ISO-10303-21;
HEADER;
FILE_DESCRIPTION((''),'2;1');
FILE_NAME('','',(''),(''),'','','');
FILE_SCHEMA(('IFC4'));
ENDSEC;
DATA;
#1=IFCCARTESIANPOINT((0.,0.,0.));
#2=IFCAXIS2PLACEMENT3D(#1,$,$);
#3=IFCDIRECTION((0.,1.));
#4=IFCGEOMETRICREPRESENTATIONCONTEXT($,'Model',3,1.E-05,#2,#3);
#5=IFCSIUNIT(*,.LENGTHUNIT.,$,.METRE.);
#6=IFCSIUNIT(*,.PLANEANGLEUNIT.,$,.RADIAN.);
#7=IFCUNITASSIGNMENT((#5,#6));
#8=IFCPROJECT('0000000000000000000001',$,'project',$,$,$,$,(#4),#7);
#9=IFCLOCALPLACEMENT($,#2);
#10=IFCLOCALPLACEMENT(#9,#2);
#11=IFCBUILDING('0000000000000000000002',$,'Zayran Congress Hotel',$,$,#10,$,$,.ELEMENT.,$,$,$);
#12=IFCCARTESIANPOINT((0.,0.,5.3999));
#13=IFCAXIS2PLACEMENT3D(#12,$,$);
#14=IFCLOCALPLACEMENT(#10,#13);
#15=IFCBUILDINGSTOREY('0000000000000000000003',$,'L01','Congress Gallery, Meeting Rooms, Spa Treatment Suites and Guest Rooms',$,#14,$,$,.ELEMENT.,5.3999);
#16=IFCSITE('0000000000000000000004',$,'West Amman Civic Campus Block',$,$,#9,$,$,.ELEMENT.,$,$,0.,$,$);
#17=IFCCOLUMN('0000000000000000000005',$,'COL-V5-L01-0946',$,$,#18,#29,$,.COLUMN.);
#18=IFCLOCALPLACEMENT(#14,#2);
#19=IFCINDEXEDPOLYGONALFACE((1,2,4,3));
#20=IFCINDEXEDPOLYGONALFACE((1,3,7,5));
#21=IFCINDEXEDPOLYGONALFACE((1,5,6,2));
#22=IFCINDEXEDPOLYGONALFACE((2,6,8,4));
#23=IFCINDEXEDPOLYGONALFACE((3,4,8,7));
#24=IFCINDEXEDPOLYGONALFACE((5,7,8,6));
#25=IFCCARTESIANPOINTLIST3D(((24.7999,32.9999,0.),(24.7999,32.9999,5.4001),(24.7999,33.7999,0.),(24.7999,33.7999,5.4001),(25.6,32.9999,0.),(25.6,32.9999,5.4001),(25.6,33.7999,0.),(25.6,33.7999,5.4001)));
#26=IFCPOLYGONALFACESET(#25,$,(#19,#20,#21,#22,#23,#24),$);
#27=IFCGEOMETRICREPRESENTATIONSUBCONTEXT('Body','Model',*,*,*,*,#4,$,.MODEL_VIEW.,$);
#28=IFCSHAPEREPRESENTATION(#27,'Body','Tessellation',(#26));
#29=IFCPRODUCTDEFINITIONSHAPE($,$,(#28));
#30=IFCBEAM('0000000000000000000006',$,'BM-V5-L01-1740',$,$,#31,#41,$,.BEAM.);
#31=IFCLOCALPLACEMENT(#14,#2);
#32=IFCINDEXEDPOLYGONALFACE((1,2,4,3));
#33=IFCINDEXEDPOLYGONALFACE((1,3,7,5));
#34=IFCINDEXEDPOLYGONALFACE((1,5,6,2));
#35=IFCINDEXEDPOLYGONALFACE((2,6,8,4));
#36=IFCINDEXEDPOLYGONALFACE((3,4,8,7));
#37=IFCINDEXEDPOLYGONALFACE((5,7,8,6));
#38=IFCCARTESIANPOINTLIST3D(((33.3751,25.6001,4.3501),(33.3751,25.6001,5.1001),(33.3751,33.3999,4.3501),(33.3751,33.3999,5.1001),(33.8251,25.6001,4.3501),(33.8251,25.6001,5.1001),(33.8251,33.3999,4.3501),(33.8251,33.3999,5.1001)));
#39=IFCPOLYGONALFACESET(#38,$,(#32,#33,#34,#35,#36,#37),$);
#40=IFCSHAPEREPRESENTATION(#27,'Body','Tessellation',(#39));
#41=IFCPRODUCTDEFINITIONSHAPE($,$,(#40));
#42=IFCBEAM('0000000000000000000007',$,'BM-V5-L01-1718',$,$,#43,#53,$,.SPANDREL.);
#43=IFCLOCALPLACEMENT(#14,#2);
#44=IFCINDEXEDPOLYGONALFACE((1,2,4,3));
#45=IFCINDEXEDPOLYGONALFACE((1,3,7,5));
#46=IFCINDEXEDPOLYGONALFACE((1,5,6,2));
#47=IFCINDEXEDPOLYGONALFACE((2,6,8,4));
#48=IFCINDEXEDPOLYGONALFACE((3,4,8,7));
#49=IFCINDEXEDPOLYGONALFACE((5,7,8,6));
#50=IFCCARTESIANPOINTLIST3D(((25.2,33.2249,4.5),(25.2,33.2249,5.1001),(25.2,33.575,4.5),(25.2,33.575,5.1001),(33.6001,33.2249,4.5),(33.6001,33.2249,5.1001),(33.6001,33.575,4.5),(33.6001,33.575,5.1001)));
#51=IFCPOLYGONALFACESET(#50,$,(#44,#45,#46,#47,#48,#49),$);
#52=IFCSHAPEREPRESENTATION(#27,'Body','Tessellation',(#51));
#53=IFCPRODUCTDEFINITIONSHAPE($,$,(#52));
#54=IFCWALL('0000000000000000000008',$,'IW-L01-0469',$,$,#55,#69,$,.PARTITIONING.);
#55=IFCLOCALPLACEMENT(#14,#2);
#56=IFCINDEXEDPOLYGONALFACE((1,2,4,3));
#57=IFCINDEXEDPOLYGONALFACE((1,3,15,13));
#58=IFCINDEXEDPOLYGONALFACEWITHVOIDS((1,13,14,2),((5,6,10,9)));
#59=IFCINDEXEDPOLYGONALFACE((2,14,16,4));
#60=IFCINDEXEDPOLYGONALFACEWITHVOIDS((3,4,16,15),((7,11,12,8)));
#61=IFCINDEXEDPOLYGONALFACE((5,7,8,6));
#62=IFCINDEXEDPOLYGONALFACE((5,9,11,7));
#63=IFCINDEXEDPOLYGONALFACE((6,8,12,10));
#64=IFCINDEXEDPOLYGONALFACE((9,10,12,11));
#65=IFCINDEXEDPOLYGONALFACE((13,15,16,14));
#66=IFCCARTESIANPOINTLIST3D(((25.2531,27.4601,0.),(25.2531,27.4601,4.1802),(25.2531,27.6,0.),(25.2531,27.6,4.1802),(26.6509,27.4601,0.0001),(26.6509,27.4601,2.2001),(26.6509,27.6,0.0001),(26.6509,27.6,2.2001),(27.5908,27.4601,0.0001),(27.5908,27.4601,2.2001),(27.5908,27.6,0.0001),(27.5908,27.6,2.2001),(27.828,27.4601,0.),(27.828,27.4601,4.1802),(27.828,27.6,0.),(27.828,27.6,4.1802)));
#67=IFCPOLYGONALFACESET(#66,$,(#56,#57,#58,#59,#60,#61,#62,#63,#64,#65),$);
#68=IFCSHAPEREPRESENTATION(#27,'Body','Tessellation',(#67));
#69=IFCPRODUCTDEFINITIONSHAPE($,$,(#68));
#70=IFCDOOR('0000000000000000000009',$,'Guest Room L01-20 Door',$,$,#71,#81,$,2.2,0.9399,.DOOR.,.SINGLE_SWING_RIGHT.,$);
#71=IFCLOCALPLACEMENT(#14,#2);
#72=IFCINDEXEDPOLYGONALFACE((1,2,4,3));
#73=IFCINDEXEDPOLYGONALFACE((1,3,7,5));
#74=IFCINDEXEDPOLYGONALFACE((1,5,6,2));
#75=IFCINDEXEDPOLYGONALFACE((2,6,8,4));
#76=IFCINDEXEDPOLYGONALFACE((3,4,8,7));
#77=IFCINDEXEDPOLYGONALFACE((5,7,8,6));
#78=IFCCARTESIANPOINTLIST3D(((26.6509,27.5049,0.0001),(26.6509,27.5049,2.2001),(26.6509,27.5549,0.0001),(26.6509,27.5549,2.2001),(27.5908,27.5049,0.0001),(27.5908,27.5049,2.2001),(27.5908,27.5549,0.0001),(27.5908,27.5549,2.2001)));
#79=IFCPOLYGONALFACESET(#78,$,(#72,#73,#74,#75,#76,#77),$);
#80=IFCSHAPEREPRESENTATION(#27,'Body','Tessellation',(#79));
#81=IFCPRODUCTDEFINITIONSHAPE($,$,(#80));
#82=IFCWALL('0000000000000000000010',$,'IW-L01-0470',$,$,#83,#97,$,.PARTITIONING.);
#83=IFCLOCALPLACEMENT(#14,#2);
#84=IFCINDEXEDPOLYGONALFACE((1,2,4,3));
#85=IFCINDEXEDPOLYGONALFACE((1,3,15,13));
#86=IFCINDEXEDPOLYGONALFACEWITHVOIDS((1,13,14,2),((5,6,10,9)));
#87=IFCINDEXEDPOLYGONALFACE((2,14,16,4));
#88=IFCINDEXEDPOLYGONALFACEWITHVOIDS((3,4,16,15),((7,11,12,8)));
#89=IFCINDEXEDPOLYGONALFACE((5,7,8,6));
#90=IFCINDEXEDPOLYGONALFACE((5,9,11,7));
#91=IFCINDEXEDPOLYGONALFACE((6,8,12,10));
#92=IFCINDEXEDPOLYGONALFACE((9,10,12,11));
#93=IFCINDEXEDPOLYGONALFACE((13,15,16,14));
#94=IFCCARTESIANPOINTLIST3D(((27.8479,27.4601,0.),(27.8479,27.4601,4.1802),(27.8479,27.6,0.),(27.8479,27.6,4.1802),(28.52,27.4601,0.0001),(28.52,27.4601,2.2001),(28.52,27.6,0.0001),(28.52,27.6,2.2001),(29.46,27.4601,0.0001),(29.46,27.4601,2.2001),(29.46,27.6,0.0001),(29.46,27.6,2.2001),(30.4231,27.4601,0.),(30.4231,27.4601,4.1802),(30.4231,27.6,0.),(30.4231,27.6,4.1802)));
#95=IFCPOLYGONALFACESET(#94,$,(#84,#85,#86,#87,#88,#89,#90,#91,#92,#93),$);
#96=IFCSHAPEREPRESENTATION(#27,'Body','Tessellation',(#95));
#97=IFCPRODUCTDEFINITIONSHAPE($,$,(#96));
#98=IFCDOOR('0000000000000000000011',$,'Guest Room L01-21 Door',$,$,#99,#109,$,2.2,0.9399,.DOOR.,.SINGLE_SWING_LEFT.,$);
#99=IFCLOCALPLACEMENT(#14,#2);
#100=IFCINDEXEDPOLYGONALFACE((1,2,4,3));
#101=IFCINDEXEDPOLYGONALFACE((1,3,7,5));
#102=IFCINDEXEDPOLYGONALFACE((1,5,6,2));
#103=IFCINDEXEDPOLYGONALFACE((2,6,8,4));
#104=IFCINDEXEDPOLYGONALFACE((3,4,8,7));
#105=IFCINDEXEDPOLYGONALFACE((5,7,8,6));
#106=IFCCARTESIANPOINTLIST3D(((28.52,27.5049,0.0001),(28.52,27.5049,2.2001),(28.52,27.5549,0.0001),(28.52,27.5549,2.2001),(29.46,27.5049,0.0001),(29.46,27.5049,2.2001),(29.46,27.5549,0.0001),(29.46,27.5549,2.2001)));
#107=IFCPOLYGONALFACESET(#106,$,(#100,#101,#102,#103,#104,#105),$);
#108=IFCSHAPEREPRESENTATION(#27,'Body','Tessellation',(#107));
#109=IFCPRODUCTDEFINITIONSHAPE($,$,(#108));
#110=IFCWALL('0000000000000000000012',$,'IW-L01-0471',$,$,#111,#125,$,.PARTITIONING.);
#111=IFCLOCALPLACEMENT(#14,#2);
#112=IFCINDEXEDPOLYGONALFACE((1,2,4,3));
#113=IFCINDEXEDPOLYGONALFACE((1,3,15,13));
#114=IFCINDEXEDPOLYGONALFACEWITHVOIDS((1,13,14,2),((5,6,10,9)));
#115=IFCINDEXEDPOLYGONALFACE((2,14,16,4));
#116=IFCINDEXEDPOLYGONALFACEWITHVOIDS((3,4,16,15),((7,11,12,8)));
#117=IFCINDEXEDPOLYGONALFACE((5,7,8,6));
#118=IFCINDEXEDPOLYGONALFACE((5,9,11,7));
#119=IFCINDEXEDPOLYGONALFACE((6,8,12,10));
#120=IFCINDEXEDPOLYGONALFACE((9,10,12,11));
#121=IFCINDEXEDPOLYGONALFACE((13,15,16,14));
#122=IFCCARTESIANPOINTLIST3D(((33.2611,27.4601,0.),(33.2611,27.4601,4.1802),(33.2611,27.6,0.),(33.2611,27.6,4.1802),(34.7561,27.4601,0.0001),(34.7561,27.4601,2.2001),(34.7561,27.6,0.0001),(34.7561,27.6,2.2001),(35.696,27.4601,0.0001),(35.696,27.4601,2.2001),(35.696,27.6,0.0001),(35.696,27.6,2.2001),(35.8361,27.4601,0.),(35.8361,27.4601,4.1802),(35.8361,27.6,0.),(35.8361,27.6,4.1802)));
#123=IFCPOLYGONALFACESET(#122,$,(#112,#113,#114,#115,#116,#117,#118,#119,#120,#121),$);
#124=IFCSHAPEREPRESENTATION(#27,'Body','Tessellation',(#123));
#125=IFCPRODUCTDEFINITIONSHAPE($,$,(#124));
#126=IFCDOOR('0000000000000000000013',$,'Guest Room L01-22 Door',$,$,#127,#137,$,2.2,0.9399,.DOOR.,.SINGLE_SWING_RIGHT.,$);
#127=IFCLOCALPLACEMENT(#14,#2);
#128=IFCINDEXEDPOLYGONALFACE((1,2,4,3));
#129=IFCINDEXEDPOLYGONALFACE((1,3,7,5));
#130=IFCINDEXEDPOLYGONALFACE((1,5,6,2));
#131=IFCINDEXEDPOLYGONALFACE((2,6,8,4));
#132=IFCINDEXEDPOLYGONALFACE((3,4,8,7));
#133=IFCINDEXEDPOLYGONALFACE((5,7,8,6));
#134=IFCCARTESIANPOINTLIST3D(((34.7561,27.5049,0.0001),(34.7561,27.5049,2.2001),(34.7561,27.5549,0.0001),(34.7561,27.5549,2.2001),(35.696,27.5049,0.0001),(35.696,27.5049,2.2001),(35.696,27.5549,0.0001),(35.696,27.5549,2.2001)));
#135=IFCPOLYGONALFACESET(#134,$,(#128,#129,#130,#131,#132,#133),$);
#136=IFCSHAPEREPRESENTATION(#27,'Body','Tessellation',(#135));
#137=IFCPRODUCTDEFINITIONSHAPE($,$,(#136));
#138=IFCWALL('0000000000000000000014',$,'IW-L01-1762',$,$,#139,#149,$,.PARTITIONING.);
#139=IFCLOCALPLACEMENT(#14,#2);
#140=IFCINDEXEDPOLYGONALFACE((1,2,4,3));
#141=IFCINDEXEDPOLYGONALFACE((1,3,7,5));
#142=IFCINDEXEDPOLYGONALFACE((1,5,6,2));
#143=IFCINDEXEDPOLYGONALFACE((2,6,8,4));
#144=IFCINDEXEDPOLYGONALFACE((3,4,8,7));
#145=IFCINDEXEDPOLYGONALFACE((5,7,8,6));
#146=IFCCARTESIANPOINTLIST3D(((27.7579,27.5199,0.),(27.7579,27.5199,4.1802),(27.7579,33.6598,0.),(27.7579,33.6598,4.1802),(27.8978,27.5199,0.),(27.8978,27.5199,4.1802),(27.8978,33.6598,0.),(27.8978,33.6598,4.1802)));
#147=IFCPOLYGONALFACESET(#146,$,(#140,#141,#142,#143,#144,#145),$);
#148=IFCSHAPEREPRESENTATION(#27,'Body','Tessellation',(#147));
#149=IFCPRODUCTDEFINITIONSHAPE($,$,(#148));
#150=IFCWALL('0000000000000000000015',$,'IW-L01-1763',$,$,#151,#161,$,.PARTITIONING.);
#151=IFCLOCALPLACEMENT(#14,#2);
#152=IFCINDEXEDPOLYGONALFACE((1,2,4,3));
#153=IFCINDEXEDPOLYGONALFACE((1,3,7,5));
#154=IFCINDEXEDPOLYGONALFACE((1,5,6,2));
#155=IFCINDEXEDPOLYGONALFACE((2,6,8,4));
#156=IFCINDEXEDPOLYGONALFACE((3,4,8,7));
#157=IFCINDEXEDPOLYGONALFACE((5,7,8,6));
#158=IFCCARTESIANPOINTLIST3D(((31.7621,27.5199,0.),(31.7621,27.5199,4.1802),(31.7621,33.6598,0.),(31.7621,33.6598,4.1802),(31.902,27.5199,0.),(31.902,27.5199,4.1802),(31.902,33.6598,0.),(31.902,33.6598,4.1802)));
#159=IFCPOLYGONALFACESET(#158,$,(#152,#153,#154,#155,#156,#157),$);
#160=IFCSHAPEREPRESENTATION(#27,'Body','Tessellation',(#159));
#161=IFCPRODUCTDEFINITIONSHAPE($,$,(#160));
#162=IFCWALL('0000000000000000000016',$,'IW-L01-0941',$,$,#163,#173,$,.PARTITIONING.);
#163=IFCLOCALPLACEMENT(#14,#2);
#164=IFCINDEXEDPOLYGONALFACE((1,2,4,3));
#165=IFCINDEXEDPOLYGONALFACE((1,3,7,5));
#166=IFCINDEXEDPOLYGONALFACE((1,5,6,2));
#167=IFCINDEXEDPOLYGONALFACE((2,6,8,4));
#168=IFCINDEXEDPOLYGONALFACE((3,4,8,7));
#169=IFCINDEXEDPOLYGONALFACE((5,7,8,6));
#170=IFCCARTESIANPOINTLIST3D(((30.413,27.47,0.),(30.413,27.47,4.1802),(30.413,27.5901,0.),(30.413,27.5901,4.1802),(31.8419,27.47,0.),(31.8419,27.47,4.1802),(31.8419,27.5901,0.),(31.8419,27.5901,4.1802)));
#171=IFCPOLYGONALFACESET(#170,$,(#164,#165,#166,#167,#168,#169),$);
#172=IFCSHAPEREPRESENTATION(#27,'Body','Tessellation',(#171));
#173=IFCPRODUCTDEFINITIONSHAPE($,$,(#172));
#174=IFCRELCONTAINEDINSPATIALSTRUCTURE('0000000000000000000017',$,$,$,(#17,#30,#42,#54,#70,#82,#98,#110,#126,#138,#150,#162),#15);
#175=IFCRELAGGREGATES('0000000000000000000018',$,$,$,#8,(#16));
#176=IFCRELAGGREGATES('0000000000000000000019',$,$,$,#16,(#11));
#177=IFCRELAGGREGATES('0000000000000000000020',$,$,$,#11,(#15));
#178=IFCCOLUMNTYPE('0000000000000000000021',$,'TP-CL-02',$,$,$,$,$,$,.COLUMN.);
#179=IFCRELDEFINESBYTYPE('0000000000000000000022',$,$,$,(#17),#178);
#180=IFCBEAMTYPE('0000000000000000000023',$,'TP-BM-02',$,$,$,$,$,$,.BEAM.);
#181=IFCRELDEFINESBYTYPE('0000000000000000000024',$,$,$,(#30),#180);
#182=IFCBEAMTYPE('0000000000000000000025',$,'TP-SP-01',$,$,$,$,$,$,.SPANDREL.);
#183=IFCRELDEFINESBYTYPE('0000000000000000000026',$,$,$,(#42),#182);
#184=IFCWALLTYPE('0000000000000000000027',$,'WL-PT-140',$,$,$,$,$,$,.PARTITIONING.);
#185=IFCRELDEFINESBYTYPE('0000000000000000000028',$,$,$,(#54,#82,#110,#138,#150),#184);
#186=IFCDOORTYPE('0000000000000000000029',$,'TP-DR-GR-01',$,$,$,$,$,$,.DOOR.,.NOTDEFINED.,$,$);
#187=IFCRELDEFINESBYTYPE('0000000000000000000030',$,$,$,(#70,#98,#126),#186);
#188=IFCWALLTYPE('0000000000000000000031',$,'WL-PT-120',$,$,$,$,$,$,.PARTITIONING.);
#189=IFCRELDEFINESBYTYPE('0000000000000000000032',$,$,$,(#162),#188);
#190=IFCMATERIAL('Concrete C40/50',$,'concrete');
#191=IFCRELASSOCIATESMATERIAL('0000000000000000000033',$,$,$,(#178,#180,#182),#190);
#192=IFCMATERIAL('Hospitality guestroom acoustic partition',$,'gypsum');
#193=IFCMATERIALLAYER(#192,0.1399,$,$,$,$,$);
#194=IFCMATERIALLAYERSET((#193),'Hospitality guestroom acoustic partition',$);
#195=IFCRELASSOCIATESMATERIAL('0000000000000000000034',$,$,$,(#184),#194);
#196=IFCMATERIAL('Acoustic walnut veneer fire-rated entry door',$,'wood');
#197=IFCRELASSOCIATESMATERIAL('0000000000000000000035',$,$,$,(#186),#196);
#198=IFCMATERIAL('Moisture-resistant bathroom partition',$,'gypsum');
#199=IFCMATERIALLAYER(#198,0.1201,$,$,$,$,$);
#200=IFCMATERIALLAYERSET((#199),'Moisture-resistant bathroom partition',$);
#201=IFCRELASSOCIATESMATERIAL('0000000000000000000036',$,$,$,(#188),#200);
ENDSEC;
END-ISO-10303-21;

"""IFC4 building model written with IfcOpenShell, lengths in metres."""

from ifc_helpers import new_model, si_unit, direction, frame, frame_2d, origin, origin_2d, place, context, subcontext, project, spatial, rectangle, extrude, material, layer, layer_set, material_profile, profile_set, type_object, element, fill, save


model = new_model("IFC4")

# Units and contexts
model_context = context("Model", 3, precision=1e-05, world=origin(), true_north=direction((0.0, 1.0)))
body_context = subcontext(model_context, "Body", "Model", "MODEL_VIEW")
ifc_project = project(units=[si_unit("LENGTHUNIT", "METRE"), si_unit("PLANEANGLEUNIT", "RADIAN")], contexts=[model_context])

# Site, building, storey
site_placement = place(None, origin())
site = spatial("IfcSite", under=ifc_project, at=site_placement, Name="West Amman Civic Campus Block", CompositionType="ELEMENT", RefElevation=0.0)
building_placement = place(site_placement, origin())
building = spatial("IfcBuilding", under=site, at=building_placement, Name="Zayran Congress Hotel", CompositionType="ELEMENT")
storey_placement = place(building_placement, frame((0.0, 0.0, 5.3999)))
storey = spatial("IfcBuildingStorey", under=building, at=storey_placement, Name="L01", Description="Congress Gallery, Meeting Rooms, Spa Treatment Suites and Guest Rooms", CompositionType="ELEMENT", Elevation=5.3999)

# Column
ifc_material_1 = material(Name="Concrete C40/50", Category="concrete")
ifc_material_profile_1 = material_profile(ifc_material_1, rectangle(XDim=0.8, YDim=0.8, at=origin_2d()), Name="RC 800x800")
ifc_profile_set_1 = profile_set([ifc_material_profile_1], Name="Concrete C40/50")
column_type = type_object("IfcColumnType", Name="TP-CL-02", PredefinedType="COLUMN", material=ifc_profile_set_1)
column_placement = place(storey_placement, frame((25.2, 33.3999, 0.0), z_axis=(0.0, 0.0, 1.0), x_axis=(1.0, 0.0, 0.0)))
element("IfcColumn", 1, at=column_placement, inside=storey, type_object=column_type, Name="COL-V5-L01-0946", PredefinedType="COLUMN", context=body_context, shape_type="SweptSolid", body=[
    extrude(rectangle(XDim=0.8, YDim=0.8, at=origin_2d()), origin(), (0.0, 0.0, 1.0), 5.4001),
])

# Beams
ifc_material_profile_2 = material_profile(ifc_material_1, rectangle(XDim=0.45, YDim=0.75, at=origin_2d()), Name="RC 450x750")
ifc_profile_set_2 = profile_set([ifc_material_profile_2], Name="Concrete C40/50")
beam_type_1 = type_object("IfcBeamType", Name="TP-BM-02", PredefinedType="BEAM", material=ifc_profile_set_2)
beam_1_placement = place(storey_placement, frame((33.6001, 25.6001, 4.7251), z_axis=(0.0, 1.0, 0.0), x_axis=(-1.0, 0.0, 0.0)))
element("IfcBeam", 2, at=beam_1_placement, inside=storey, type_object=beam_type_1, Name="BM-V5-L01-1740", PredefinedType="BEAM", context=body_context, shape_type="SweptSolid", body=[
    extrude(rectangle(XDim=0.45, YDim=0.75, at=origin_2d()), origin(), (0.0, 0.0, 1.0), 7.7998),
])
ifc_material_profile_3 = material_profile(ifc_material_1, rectangle(XDim=0.3501, YDim=0.6001, at=origin_2d()), Name="RC 350x600")
ifc_profile_set_3 = profile_set([ifc_material_profile_3], Name="Concrete C40/50")
beam_type_2 = type_object("IfcBeamType", Name="TP-SP-01", PredefinedType="SPANDREL", material=ifc_profile_set_3)
beam_2_placement = place(storey_placement, frame((25.2, 33.3999, 4.8), z_axis=(1.0, 0.0, 0.0), x_axis=(0.0, 1.0, 0.0)))
element("IfcBeam", 3, at=beam_2_placement, inside=storey, type_object=beam_type_2, Name="BM-V5-L01-1718", PredefinedType="SPANDREL", context=body_context, shape_type="SweptSolid", body=[
    extrude(rectangle(XDim=0.3501, YDim=0.6001, at=origin_2d()), origin(), (0.0, 0.0, 1.0), 8.4001),
])

# Walls, openings, doors
ifc_material_2 = material(Name="Hospitality guestroom acoustic partition", Category="gypsum")
ifc_layer_1 = layer(ifc_material_2, 0.1399)
ifc_layer_set_1 = layer_set([ifc_layer_1], Name="Hospitality guestroom acoustic partition")
wall_type_1 = type_object("IfcWallType", Name="WL-PT-140", PredefinedType="PARTITIONING", material=ifc_layer_set_1)
wall_1_placement = place(storey_placement, frame((25.2529, 27.53, 0.0), z_axis=(0.0, 0.0, 1.0), x_axis=(1.0, 0.0, 0.0)))
wall_1 = element("IfcWall", 4, at=wall_1_placement, inside=storey, type_object=wall_type_1, Name="IW-L01-0469", PredefinedType="PARTITIONING", context=body_context, shape_type="SweptSolid", body=[
    extrude(rectangle(XDim=2.575, YDim=0.1399, at=frame_2d((1.2876, 0.0))), origin(), (0.0, 0.0, 1.0), 4.1802),
])
opening_1_placement = place(wall_1_placement, frame((1.3979, 0.0, 0.0)))
opening_1 = element("IfcOpeningElement", 5, at=opening_1_placement, cuts=wall_1, PredefinedType="OPENING", context=body_context, shape_type="SweptSolid", body=[
    extrude(rectangle(XDim=0.9399, YDim=2.2, at=frame_2d((0.47, 1.1001))), frame((0.0, 0.0798, 0.0), z_axis=(0.0, -1.0, 0.0), x_axis=(1.0, 0.0, 0.0)), (0.0, 0.0, 1.0), 0.1599),
])
ifc_material_3 = material(Name="Acoustic walnut veneer fire-rated entry door", Category="wood")
door_type_1 = type_object("IfcDoorType", Name="TP-DR-GR-01", OperationType="NOTDEFINED", PredefinedType="DOOR", material=ifc_material_3)
door_1_placement = place(opening_1_placement, origin())
door_1 = element("IfcDoor", 6, at=door_1_placement, inside=storey, type_object=door_type_1, Name="Guest Room L01-20 Door", OperationType="SINGLE_SWING_RIGHT", OverallHeight=2.2, OverallWidth=0.9399, PredefinedType="DOOR", context=body_context, shape_type="SweptSolid", body=[
    extrude(rectangle(XDim=0.9399, YDim=2.2, at=frame_2d((0.47, 1.1001))), frame((0.0, 0.0249, 0.0), z_axis=(0.0, -1.0, 0.0), x_axis=(1.0, 0.0, 0.0)), (0.0, 0.0, 1.0), 0.05),
])
fill(opening_1, door_1)
wall_2_placement = place(storey_placement, frame((27.8479, 27.53, 0.0), z_axis=(0.0, 0.0, 1.0), x_axis=(1.0, 0.0, 0.0)))
wall_2 = element("IfcWall", 7, at=wall_2_placement, inside=storey, type_object=wall_type_1, Name="IW-L01-0470", PredefinedType="PARTITIONING", context=body_context, shape_type="SweptSolid", body=[
    extrude(rectangle(XDim=2.5752, YDim=0.1399, at=frame_2d((1.2876, 0.0))), origin(), (0.0, 0.0, 1.0), 4.1802),
])
opening_2_placement = place(wall_2_placement, frame((0.6721, 0.0, 0.0)))
opening_2 = element("IfcOpeningElement", 8, at=opening_2_placement, cuts=wall_2, PredefinedType="OPENING", context=body_context, shape_type="SweptSolid", body=[
    extrude(rectangle(XDim=0.9399, YDim=2.2, at=frame_2d((0.47, 1.1001))), frame((0.0, 0.0798, 0.0), z_axis=(0.0, -1.0, 0.0), x_axis=(1.0, 0.0, 0.0)), (0.0, 0.0, 1.0), 0.1599),
])
door_2_placement = place(opening_2_placement, origin())
door_2 = element("IfcDoor", 9, at=door_2_placement, inside=storey, type_object=door_type_1, Name="Guest Room L01-21 Door", OperationType="SINGLE_SWING_LEFT", OverallHeight=2.2, OverallWidth=0.9399, PredefinedType="DOOR", context=body_context, shape_type="SweptSolid", body=[
    extrude(rectangle(XDim=0.9399, YDim=2.2, at=frame_2d((0.47, 1.1001))), frame((0.0, 0.0249, 0.0), z_axis=(0.0, -1.0, 0.0), x_axis=(1.0, 0.0, 0.0)), (0.0, 0.0, 1.0), 0.05),
])
fill(opening_2, door_2)
wall_3_placement = place(storey_placement, frame((33.261, 27.53, 0.0), z_axis=(0.0, 0.0, 1.0), x_axis=(1.0, 0.0, 0.0)))
wall_3 = element("IfcWall", 10, at=wall_3_placement, inside=storey, type_object=wall_type_1, Name="IW-L01-0471", PredefinedType="PARTITIONING", context=body_context, shape_type="SweptSolid", body=[
    extrude(rectangle(XDim=2.575, YDim=0.1399, at=frame_2d((1.2876, 0.0))), origin(), (0.0, 0.0, 1.0), 4.1802),
])
opening_3_placement = place(wall_3_placement, frame((1.4951, 0.0, 0.0)))
opening_3 = element("IfcOpeningElement", 11, at=opening_3_placement, cuts=wall_3, PredefinedType="OPENING", context=body_context, shape_type="SweptSolid", body=[
    extrude(rectangle(XDim=0.9399, YDim=2.2, at=frame_2d((0.47, 1.1001))), frame((0.0, 0.0798, 0.0), z_axis=(0.0, -1.0, 0.0), x_axis=(1.0, 0.0, 0.0)), (0.0, 0.0, 1.0), 0.1599),
])
door_3_placement = place(opening_3_placement, origin())
door_3 = element("IfcDoor", 12, at=door_3_placement, inside=storey, type_object=door_type_1, Name="Guest Room L01-22 Door", OperationType="SINGLE_SWING_RIGHT", OverallHeight=2.2, OverallWidth=0.9399, PredefinedType="DOOR", context=body_context, shape_type="SweptSolid", body=[
    extrude(rectangle(XDim=0.9399, YDim=2.2, at=frame_2d((0.47, 1.1001))), frame((0.0, 0.0249, 0.0), z_axis=(0.0, -1.0, 0.0), x_axis=(1.0, 0.0, 0.0)), (0.0, 0.0, 1.0), 0.05),
])
fill(opening_3, door_3)

# Walls
for number, where, z_axis, x_axis, name in (
    (13, (27.8279, 27.52, 0.0), (0.0, 0.0, 1.0), (0.0, 1.0, 0.0), "IW-L01-1762"),
    (14, (31.832, 27.52, 0.0), (0.0, 0.0, 1.0), (0.0, 1.0, 0.0), "IW-L01-1763"),
):
    element("IfcWall", number, at=place(storey_placement, frame(where, z_axis=z_axis, x_axis=x_axis)), inside=storey, type_object=wall_type_1, Name=name, PredefinedType="PARTITIONING", context=body_context, shape_type="SweptSolid", body=[
        extrude(rectangle(XDim=6.1399, YDim=0.1399, at=frame_2d((3.0698, 0.0))), origin(), (0.0, 0.0, 1.0), 4.1802),
    ])

# Shared definitions
ifc_material_4 = material(Name="Moisture-resistant bathroom partition", Category="gypsum")
ifc_layer_2 = layer(ifc_material_4, 0.1201)
ifc_layer_set_2 = layer_set([ifc_layer_2], Name="Moisture-resistant bathroom partition")
wall_type_2 = type_object("IfcWallType", Name="WL-PT-120", PredefinedType="PARTITIONING", material=ifc_layer_set_2)

# Wall
for number, where, z_axis, x_axis, name in (
    (15, (30.4131, 27.53, 0.0), (0.0, 0.0, 1.0), (1.0, 0.0, 0.0), "IW-L01-0941"),
):
    element("IfcWall", number, at=place(storey_placement, frame(where, z_axis=z_axis, x_axis=x_axis)), inside=storey, type_object=wall_type_2, Name=name, PredefinedType="PARTITIONING", context=body_context, shape_type="SweptSolid", body=[
        extrude(rectangle(XDim=1.429, YDim=0.1201, at=frame_2d((0.7144, 0.0))), origin(), (0.0, 0.0, 1.0), 4.1802),
    ])

save(model, "model.ifc")
